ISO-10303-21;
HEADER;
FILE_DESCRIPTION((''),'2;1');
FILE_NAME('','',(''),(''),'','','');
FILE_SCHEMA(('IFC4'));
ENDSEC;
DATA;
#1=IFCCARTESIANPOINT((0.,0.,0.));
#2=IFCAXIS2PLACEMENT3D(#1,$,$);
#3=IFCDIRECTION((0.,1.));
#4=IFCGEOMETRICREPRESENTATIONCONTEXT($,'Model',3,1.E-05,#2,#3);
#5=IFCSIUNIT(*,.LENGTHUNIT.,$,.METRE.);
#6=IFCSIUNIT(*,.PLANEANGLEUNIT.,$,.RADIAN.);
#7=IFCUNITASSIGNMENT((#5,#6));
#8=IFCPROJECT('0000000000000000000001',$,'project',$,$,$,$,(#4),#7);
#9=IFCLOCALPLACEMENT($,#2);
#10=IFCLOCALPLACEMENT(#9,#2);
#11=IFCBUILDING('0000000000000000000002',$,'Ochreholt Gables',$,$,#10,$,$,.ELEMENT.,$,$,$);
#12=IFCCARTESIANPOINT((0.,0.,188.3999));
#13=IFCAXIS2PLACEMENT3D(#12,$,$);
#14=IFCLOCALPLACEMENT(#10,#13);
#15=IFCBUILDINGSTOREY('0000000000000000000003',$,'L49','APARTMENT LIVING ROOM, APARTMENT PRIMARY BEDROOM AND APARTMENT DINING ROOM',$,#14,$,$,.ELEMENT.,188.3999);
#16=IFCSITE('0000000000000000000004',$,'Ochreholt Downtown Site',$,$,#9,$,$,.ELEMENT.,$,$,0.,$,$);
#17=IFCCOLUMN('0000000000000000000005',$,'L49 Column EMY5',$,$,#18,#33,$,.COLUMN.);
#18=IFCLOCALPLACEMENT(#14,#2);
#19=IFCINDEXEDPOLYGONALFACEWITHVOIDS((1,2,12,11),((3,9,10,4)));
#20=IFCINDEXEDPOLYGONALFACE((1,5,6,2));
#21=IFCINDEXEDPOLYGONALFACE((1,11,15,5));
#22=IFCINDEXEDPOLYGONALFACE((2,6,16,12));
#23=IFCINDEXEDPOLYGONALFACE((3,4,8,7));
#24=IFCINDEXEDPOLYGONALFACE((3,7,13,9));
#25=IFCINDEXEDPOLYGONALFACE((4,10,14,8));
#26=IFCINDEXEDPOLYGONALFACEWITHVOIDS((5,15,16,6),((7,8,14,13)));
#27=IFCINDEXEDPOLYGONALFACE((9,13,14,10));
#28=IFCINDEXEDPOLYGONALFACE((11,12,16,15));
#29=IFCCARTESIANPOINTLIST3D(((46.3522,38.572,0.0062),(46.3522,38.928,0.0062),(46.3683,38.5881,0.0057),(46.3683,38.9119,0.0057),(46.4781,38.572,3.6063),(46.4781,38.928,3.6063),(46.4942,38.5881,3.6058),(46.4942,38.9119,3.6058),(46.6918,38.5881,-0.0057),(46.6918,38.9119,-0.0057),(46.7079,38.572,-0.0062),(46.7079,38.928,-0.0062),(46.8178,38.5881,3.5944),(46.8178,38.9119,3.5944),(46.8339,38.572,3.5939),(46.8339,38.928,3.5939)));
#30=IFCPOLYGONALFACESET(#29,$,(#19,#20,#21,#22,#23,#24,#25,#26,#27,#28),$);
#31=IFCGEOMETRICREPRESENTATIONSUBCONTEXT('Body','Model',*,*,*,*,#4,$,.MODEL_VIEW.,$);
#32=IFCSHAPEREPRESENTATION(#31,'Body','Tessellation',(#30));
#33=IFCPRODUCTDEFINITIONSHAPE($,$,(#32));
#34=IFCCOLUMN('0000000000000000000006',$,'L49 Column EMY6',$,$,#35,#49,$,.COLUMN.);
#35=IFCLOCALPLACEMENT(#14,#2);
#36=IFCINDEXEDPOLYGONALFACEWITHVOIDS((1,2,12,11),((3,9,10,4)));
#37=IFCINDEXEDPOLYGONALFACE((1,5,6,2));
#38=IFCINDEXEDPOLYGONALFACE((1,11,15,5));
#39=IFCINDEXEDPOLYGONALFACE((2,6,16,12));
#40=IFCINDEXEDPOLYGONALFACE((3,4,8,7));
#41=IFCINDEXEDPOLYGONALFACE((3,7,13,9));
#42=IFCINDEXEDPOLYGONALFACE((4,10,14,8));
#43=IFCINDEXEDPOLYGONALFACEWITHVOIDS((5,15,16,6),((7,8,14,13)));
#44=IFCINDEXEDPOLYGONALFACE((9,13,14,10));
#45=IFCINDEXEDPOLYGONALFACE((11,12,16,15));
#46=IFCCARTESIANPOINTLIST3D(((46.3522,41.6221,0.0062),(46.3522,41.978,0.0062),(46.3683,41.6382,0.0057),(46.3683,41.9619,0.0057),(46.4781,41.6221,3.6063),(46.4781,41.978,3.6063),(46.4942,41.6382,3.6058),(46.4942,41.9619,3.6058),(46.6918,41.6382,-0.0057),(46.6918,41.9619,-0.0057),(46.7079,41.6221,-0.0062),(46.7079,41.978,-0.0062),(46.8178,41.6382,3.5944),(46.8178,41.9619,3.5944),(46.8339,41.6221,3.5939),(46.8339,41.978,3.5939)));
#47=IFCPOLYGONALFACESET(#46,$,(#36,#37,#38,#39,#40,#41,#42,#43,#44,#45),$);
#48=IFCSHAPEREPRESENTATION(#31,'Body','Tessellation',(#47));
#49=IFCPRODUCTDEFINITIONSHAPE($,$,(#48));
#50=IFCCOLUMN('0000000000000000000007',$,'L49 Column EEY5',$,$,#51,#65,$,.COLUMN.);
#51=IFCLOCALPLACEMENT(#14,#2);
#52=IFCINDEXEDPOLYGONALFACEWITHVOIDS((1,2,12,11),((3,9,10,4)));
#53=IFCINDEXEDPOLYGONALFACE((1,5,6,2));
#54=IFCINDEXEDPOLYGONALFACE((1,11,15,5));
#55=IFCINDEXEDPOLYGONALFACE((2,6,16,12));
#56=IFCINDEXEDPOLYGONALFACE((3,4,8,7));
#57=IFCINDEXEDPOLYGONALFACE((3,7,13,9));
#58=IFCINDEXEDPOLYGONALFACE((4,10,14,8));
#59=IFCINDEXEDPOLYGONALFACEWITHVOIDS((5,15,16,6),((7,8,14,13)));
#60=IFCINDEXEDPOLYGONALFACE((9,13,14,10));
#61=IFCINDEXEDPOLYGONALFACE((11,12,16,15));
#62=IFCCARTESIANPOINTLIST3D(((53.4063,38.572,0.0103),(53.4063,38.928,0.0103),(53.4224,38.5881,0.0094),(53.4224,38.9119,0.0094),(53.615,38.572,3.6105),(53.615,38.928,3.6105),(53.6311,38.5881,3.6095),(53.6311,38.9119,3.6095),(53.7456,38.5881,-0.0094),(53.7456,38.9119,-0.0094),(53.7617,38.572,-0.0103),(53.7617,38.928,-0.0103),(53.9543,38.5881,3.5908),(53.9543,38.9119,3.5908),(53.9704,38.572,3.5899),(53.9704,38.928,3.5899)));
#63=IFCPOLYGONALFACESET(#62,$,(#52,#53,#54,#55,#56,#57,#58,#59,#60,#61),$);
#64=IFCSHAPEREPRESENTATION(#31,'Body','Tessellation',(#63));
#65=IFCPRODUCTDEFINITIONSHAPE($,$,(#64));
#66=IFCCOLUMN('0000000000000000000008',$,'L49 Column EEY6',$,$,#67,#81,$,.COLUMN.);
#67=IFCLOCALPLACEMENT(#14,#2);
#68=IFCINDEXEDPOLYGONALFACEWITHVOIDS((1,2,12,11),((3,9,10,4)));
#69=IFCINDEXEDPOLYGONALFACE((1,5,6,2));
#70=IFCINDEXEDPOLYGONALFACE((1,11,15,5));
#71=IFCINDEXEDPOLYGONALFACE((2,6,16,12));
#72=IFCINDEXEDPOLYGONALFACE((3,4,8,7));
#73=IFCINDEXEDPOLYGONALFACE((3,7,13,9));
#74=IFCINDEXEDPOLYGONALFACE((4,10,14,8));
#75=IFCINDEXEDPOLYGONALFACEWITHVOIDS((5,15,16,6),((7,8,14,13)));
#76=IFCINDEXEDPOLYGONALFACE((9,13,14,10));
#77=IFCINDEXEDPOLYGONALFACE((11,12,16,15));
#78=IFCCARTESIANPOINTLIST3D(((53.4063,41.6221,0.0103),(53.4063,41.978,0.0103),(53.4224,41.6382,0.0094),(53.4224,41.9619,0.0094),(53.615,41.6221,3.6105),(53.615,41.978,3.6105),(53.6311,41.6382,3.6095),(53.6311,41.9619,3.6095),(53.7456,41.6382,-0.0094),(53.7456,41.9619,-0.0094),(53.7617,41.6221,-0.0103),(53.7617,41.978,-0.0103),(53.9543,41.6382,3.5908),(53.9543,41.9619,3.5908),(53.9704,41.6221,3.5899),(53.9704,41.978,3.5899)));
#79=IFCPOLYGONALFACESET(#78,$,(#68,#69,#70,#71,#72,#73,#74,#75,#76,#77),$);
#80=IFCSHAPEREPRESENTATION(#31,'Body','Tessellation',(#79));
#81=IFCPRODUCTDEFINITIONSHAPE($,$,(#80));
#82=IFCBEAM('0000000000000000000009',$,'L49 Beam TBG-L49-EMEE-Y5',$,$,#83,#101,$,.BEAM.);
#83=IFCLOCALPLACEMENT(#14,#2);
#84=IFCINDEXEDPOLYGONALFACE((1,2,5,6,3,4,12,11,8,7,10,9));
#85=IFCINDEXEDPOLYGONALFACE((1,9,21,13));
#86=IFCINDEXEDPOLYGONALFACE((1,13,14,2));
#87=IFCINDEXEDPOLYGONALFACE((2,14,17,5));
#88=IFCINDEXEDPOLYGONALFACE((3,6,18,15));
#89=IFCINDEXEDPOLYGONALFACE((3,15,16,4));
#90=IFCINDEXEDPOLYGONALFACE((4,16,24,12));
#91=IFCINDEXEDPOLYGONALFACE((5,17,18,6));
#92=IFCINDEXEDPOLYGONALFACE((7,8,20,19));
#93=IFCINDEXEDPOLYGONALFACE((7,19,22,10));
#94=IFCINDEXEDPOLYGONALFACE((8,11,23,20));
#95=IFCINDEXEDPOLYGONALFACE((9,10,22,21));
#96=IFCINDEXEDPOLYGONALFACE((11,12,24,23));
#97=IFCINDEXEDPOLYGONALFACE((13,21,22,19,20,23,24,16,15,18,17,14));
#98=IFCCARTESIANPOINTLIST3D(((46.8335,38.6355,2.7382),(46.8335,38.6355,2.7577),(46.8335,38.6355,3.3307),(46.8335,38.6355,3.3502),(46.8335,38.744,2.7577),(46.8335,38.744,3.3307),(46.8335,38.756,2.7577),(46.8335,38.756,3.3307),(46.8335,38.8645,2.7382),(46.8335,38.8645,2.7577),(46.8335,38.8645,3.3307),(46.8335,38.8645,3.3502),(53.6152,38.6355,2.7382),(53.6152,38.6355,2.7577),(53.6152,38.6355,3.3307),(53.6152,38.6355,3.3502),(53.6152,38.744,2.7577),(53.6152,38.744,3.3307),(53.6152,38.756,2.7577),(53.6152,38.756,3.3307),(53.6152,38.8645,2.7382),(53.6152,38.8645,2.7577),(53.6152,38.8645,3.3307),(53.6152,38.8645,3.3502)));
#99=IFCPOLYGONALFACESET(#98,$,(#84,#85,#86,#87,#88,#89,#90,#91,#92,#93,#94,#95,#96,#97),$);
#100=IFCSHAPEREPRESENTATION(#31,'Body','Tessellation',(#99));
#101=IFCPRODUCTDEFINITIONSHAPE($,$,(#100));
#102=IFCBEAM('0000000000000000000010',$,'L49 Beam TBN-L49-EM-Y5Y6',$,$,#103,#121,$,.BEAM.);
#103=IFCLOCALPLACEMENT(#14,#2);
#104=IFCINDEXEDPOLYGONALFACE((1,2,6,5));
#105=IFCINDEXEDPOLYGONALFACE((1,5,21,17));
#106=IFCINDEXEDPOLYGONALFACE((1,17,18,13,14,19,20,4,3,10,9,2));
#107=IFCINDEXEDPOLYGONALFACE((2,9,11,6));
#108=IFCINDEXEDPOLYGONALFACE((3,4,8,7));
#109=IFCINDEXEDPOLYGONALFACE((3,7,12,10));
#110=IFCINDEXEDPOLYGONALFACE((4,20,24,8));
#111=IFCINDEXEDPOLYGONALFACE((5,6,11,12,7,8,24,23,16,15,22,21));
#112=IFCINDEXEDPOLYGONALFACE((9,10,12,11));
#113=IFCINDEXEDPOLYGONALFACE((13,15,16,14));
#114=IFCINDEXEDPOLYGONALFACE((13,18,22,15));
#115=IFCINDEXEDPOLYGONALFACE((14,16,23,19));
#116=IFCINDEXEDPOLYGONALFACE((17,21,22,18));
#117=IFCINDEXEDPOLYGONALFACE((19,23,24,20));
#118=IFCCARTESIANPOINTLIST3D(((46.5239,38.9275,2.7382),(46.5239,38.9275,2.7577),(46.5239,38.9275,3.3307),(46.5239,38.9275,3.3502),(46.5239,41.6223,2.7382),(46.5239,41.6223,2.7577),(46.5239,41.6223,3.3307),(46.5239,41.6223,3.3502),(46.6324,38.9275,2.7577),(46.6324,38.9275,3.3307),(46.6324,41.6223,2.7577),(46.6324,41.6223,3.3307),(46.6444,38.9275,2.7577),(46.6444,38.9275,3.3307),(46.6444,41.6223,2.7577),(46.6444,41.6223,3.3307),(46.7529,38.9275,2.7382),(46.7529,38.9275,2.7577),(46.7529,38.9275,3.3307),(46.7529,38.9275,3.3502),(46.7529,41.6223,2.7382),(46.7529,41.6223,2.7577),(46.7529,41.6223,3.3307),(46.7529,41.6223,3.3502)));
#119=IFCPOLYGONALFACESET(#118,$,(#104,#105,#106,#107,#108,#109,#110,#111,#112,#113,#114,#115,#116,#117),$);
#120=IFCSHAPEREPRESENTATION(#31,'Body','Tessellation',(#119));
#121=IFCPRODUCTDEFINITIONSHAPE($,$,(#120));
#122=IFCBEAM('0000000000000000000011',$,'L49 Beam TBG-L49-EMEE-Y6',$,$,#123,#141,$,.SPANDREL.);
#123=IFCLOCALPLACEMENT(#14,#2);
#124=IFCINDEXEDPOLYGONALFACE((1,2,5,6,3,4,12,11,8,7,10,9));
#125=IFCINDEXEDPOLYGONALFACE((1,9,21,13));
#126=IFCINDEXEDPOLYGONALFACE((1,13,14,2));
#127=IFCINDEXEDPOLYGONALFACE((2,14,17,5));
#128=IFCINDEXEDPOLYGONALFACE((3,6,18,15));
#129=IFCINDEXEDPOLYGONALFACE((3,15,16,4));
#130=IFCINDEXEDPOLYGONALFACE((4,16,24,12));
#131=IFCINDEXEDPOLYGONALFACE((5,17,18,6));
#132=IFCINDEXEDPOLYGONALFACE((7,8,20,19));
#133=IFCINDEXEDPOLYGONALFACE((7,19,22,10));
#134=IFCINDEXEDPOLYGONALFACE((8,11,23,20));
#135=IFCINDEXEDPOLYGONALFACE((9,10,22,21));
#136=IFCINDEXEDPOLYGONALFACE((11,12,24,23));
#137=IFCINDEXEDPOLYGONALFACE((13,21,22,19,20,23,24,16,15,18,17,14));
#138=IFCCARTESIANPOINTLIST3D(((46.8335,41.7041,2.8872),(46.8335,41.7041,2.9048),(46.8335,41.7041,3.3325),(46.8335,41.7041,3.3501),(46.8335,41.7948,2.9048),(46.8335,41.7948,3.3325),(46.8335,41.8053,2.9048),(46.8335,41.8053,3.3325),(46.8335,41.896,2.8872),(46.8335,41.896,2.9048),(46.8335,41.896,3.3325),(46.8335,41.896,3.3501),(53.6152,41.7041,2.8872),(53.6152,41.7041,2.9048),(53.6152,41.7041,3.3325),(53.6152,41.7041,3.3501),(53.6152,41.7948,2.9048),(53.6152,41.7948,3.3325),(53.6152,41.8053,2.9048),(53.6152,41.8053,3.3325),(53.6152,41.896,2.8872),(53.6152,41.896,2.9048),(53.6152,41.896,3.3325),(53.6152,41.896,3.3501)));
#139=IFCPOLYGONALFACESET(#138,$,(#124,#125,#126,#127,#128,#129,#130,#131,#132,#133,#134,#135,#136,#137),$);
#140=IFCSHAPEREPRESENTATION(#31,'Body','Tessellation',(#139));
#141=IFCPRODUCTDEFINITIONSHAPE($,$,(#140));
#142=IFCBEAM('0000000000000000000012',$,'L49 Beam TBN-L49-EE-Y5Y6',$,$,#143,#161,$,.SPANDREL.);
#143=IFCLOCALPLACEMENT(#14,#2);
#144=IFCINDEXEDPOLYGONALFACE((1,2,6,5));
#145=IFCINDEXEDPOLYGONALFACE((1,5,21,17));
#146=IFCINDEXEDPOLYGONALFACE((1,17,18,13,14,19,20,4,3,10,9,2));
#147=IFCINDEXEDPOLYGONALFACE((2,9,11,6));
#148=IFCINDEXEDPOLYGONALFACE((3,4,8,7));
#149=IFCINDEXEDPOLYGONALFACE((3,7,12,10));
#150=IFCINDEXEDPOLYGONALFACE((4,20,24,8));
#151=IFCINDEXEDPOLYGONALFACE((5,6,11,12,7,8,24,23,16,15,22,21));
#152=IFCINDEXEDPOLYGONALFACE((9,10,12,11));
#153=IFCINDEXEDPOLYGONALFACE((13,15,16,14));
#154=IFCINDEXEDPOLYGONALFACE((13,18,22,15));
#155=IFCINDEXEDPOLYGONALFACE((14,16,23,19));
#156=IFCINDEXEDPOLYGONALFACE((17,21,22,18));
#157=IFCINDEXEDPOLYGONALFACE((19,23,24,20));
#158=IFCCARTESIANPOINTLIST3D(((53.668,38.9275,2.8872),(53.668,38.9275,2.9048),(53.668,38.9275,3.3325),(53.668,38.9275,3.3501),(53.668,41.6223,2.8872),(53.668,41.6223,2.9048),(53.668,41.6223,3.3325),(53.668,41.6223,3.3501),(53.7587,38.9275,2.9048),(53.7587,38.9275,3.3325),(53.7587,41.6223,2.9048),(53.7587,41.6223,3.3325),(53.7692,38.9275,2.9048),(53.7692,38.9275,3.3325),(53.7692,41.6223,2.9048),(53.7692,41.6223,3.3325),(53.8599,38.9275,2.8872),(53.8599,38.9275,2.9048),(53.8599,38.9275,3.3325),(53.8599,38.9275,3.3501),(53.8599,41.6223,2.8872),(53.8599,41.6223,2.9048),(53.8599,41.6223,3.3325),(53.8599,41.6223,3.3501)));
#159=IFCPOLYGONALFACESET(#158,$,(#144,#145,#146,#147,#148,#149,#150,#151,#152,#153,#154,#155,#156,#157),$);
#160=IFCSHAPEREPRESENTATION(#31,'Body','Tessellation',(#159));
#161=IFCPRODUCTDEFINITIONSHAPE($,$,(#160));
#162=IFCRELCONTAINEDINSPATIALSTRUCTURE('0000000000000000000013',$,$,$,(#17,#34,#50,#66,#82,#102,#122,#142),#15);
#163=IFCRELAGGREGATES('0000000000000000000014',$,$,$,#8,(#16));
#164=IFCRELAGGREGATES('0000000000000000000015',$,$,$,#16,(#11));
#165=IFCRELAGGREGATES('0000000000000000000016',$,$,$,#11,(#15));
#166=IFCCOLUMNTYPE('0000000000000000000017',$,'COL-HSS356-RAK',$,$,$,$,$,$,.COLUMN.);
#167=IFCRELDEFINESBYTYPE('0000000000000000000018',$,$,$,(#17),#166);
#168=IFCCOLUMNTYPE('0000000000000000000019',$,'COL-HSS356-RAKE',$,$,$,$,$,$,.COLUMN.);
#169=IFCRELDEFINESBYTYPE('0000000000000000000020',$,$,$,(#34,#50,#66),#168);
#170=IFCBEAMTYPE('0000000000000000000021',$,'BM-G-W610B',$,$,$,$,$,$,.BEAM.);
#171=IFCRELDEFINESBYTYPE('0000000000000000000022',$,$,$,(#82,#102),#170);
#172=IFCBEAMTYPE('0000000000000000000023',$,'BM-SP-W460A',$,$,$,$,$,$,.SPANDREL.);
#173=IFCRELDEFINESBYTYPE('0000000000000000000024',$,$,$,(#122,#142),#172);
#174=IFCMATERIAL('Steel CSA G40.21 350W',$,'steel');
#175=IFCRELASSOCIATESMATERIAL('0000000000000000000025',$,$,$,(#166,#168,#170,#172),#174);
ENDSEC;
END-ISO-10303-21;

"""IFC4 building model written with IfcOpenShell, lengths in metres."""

from ifc_helpers import new_model, si_unit, direction, frame, origin, origin_2d, place, context, subcontext, project, spatial, hollow_rectangle, i_section, extrude, material, material_profile, profile_set, type_object, element, save


model = new_model("IFC4")

# Units and contexts
model_context = context("Model", 3, precision=1e-05, world=origin(), true_north=direction((0.0, 1.0)))
body_context = subcontext(model_context, "Body", "Model", "MODEL_VIEW")
ifc_project = project(units=[si_unit("LENGTHUNIT", "METRE"), si_unit("PLANEANGLEUNIT", "RADIAN")], contexts=[model_context])

# Site, building, storey
site_placement = place(None, origin())
site = spatial("IfcSite", under=ifc_project, at=site_placement, Name="Ochreholt Downtown Site", CompositionType="ELEMENT", RefElevation=0.0)
building_placement = place(site_placement, origin())
building = spatial("IfcBuilding", under=site, at=building_placement, Name="Ochreholt Gables", CompositionType="ELEMENT")
storey_placement = place(building_placement, frame((0.0, 0.0, 188.3999)))
storey = spatial("IfcBuildingStorey", under=building, at=storey_placement, Name="L49", Description="APARTMENT LIVING ROOM, APARTMENT PRIMARY BEDROOM AND APARTMENT DINING ROOM", CompositionType="ELEMENT", Elevation=188.3999)

# Columns
ifc_material_1 = material(Name="Steel CSA G40.21 350W", Category="steel")
ifc_material_profile_1 = material_profile(ifc_material_1, hollow_rectangle(XDim=0.356, YDim=0.356, WallThickness=0.0161, at=origin_2d()), Name="HSS356X356X16")
ifc_profile_set_1 = profile_set([ifc_material_profile_1], Name="Steel CSA G40.21 350W")
column_type_1 = type_object("IfcColumnType", Name="COL-HSS356-RAK", PredefinedType="COLUMN", material=ifc_profile_set_1)
column_1_placement = place(storey_placement, frame((46.53, 38.75, 0.0), z_axis=(0.034971, 0.0, 0.999388), x_axis=(0.0, 1.0, 0.0)))
element("IfcColumn", 1, at=column_1_placement, inside=storey, type_object=column_type_1, Name="L49 Column EMY5", PredefinedType="COLUMN", context=body_context, shape_type="SweptSolid", body=[
    extrude(hollow_rectangle(XDim=0.356, YDim=0.356, WallThickness=0.0161, at=origin_2d()), origin(), (0.0, 0.0, 1.0), 3.6023),
])
ifc_material_profile_2 = material_profile(ifc_material_1, hollow_rectangle(XDim=0.356, YDim=0.356, WallThickness=0.0161, at=origin_2d()), Name="HSS356X356X16")
ifc_profile_set_2 = profile_set([ifc_material_profile_2], Name="Steel CSA G40.21 350W")
column_type_2 = type_object("IfcColumnType", Name="COL-HSS356-RAKE", PredefinedType="COLUMN", material=ifc_profile_set_2)
column_2_placement = place(storey_placement, frame((46.53, 41.8, 0.0), z_axis=(0.034971, 0.0, 0.999388), x_axis=(0.0, 1.0, 0.0)))
element("IfcColumn", 2, at=column_2_placement, inside=storey, type_object=column_type_2, Name="L49 Column EMY6", PredefinedType="COLUMN", context=body_context, shape_type="SweptSolid", body=[
    extrude(hollow_rectangle(XDim=0.356, YDim=0.356, WallThickness=0.0161, at=origin_2d()), origin(), (0.0, 0.0, 1.0), 3.6023),
])
for number, where, z_axis, x_axis, name in (
    (3, (53.584, 38.75, 0.0), (0.057885, 0.0, 0.998323), (0.0, 1.0, 0.0), "L49 Column EEY5"),
    (4, (53.584, 41.8, 0.0), (0.057885, 0.0, 0.998323), (0.0, 1.0, 0.0), "L49 Column EEY6"),
):
    element("IfcColumn", number, at=place(storey_placement, frame(where, z_axis=z_axis, x_axis=x_axis)), inside=storey, type_object=column_type_2, Name=name, PredefinedType="COLUMN", context=body_context, shape_type="SweptSolid", body=[
        extrude(hollow_rectangle(XDim=0.356, YDim=0.356, WallThickness=0.0161, at=origin_2d()), origin(), (0.0, 0.0, 1.0), 3.6062),
    ])

# Beams
ifc_material_profile_3 = material_profile(ifc_material_1, i_section(OverallWidth=0.229, OverallDepth=0.6121, WebThickness=0.012, FlangeThickness=0.0195, at=origin_2d()), Name="W610X125")
ifc_profile_set_3 = profile_set([ifc_material_profile_3], Name="Steel CSA G40.21 350W")
beam_type_1 = type_object("IfcBeamType", Name="BM-G-W610B", PredefinedType="BEAM", material=ifc_profile_set_3)
beam_1_placement = place(storey_placement, frame((46.8335, 38.75, 3.0442), z_axis=(1.0, 0.0, 0.0), x_axis=(0.0, 1.0, 0.0)))
element("IfcBeam", 5, at=beam_1_placement, inside=storey, type_object=beam_type_1, Name="L49 Beam TBG-L49-EMEE-Y5", PredefinedType="BEAM", context=body_context, shape_type="SweptSolid", body=[
    extrude(i_section(OverallWidth=0.229, OverallDepth=0.6121, WebThickness=0.012, FlangeThickness=0.0195, at=origin_2d()), origin(), (0.0, 0.0, 1.0), 6.7817),
])
beam_2_placement = place(storey_placement, frame((46.6384, 38.9275, 3.0442), z_axis=(0.0, 1.0, 0.0), x_axis=(-1.0, 0.0, 0.0)))
element("IfcBeam", 6, at=beam_2_placement, inside=storey, type_object=beam_type_1, Name="L49 Beam TBN-L49-EM-Y5Y6", PredefinedType="BEAM", context=body_context, shape_type="SweptSolid", body=[
    extrude(i_section(OverallWidth=0.229, OverallDepth=0.6121, WebThickness=0.012, FlangeThickness=0.0195, at=origin_2d()), origin(), (0.0, 0.0, 1.0), 2.6948),
])
ifc_material_profile_4 = material_profile(ifc_material_1, i_section(OverallWidth=0.1919, OverallDepth=0.4629, WebThickness=0.0105, FlangeThickness=0.0176, at=origin_2d()), Name="W460X89")
ifc_profile_set_4 = profile_set([ifc_material_profile_4], Name="Steel CSA G40.21 350W")
beam_type_2 = type_object("IfcBeamType", Name="BM-SP-W460A", PredefinedType="SPANDREL", material=ifc_profile_set_4)
beam_3_placement = place(storey_placement, frame((46.8335, 41.8, 3.1187), z_axis=(1.0, 0.0, 0.0), x_axis=(0.0, 1.0, 0.0)))
element("IfcBeam", 7, at=beam_3_placement, inside=storey, type_object=beam_type_2, Name="L49 Beam TBG-L49-EMEE-Y6", PredefinedType="SPANDREL", context=body_context, shape_type="SweptSolid", body=[
    extrude(i_section(OverallWidth=0.1919, OverallDepth=0.4629, WebThickness=0.0105, FlangeThickness=0.0176, at=origin_2d()), origin(), (0.0, 0.0, 1.0), 6.7817),
])
beam_4_placement = place(storey_placement, frame((53.7639, 38.9275, 3.1187), z_axis=(0.0, 1.0, 0.0), x_axis=(-1.0, 0.0, 0.0)))
element("IfcBeam", 8, at=beam_4_placement, inside=storey, type_object=beam_type_2, Name="L49 Beam TBN-L49-EE-Y5Y6", PredefinedType="SPANDREL", context=body_context, shape_type="SweptSolid", body=[
    extrude(i_section(OverallWidth=0.1919, OverallDepth=0.4629, WebThickness=0.0105, FlangeThickness=0.0176, at=origin_2d()), origin(), (0.0, 0.0, 1.0), 2.6948),
])

save(model, "model.ifc")
